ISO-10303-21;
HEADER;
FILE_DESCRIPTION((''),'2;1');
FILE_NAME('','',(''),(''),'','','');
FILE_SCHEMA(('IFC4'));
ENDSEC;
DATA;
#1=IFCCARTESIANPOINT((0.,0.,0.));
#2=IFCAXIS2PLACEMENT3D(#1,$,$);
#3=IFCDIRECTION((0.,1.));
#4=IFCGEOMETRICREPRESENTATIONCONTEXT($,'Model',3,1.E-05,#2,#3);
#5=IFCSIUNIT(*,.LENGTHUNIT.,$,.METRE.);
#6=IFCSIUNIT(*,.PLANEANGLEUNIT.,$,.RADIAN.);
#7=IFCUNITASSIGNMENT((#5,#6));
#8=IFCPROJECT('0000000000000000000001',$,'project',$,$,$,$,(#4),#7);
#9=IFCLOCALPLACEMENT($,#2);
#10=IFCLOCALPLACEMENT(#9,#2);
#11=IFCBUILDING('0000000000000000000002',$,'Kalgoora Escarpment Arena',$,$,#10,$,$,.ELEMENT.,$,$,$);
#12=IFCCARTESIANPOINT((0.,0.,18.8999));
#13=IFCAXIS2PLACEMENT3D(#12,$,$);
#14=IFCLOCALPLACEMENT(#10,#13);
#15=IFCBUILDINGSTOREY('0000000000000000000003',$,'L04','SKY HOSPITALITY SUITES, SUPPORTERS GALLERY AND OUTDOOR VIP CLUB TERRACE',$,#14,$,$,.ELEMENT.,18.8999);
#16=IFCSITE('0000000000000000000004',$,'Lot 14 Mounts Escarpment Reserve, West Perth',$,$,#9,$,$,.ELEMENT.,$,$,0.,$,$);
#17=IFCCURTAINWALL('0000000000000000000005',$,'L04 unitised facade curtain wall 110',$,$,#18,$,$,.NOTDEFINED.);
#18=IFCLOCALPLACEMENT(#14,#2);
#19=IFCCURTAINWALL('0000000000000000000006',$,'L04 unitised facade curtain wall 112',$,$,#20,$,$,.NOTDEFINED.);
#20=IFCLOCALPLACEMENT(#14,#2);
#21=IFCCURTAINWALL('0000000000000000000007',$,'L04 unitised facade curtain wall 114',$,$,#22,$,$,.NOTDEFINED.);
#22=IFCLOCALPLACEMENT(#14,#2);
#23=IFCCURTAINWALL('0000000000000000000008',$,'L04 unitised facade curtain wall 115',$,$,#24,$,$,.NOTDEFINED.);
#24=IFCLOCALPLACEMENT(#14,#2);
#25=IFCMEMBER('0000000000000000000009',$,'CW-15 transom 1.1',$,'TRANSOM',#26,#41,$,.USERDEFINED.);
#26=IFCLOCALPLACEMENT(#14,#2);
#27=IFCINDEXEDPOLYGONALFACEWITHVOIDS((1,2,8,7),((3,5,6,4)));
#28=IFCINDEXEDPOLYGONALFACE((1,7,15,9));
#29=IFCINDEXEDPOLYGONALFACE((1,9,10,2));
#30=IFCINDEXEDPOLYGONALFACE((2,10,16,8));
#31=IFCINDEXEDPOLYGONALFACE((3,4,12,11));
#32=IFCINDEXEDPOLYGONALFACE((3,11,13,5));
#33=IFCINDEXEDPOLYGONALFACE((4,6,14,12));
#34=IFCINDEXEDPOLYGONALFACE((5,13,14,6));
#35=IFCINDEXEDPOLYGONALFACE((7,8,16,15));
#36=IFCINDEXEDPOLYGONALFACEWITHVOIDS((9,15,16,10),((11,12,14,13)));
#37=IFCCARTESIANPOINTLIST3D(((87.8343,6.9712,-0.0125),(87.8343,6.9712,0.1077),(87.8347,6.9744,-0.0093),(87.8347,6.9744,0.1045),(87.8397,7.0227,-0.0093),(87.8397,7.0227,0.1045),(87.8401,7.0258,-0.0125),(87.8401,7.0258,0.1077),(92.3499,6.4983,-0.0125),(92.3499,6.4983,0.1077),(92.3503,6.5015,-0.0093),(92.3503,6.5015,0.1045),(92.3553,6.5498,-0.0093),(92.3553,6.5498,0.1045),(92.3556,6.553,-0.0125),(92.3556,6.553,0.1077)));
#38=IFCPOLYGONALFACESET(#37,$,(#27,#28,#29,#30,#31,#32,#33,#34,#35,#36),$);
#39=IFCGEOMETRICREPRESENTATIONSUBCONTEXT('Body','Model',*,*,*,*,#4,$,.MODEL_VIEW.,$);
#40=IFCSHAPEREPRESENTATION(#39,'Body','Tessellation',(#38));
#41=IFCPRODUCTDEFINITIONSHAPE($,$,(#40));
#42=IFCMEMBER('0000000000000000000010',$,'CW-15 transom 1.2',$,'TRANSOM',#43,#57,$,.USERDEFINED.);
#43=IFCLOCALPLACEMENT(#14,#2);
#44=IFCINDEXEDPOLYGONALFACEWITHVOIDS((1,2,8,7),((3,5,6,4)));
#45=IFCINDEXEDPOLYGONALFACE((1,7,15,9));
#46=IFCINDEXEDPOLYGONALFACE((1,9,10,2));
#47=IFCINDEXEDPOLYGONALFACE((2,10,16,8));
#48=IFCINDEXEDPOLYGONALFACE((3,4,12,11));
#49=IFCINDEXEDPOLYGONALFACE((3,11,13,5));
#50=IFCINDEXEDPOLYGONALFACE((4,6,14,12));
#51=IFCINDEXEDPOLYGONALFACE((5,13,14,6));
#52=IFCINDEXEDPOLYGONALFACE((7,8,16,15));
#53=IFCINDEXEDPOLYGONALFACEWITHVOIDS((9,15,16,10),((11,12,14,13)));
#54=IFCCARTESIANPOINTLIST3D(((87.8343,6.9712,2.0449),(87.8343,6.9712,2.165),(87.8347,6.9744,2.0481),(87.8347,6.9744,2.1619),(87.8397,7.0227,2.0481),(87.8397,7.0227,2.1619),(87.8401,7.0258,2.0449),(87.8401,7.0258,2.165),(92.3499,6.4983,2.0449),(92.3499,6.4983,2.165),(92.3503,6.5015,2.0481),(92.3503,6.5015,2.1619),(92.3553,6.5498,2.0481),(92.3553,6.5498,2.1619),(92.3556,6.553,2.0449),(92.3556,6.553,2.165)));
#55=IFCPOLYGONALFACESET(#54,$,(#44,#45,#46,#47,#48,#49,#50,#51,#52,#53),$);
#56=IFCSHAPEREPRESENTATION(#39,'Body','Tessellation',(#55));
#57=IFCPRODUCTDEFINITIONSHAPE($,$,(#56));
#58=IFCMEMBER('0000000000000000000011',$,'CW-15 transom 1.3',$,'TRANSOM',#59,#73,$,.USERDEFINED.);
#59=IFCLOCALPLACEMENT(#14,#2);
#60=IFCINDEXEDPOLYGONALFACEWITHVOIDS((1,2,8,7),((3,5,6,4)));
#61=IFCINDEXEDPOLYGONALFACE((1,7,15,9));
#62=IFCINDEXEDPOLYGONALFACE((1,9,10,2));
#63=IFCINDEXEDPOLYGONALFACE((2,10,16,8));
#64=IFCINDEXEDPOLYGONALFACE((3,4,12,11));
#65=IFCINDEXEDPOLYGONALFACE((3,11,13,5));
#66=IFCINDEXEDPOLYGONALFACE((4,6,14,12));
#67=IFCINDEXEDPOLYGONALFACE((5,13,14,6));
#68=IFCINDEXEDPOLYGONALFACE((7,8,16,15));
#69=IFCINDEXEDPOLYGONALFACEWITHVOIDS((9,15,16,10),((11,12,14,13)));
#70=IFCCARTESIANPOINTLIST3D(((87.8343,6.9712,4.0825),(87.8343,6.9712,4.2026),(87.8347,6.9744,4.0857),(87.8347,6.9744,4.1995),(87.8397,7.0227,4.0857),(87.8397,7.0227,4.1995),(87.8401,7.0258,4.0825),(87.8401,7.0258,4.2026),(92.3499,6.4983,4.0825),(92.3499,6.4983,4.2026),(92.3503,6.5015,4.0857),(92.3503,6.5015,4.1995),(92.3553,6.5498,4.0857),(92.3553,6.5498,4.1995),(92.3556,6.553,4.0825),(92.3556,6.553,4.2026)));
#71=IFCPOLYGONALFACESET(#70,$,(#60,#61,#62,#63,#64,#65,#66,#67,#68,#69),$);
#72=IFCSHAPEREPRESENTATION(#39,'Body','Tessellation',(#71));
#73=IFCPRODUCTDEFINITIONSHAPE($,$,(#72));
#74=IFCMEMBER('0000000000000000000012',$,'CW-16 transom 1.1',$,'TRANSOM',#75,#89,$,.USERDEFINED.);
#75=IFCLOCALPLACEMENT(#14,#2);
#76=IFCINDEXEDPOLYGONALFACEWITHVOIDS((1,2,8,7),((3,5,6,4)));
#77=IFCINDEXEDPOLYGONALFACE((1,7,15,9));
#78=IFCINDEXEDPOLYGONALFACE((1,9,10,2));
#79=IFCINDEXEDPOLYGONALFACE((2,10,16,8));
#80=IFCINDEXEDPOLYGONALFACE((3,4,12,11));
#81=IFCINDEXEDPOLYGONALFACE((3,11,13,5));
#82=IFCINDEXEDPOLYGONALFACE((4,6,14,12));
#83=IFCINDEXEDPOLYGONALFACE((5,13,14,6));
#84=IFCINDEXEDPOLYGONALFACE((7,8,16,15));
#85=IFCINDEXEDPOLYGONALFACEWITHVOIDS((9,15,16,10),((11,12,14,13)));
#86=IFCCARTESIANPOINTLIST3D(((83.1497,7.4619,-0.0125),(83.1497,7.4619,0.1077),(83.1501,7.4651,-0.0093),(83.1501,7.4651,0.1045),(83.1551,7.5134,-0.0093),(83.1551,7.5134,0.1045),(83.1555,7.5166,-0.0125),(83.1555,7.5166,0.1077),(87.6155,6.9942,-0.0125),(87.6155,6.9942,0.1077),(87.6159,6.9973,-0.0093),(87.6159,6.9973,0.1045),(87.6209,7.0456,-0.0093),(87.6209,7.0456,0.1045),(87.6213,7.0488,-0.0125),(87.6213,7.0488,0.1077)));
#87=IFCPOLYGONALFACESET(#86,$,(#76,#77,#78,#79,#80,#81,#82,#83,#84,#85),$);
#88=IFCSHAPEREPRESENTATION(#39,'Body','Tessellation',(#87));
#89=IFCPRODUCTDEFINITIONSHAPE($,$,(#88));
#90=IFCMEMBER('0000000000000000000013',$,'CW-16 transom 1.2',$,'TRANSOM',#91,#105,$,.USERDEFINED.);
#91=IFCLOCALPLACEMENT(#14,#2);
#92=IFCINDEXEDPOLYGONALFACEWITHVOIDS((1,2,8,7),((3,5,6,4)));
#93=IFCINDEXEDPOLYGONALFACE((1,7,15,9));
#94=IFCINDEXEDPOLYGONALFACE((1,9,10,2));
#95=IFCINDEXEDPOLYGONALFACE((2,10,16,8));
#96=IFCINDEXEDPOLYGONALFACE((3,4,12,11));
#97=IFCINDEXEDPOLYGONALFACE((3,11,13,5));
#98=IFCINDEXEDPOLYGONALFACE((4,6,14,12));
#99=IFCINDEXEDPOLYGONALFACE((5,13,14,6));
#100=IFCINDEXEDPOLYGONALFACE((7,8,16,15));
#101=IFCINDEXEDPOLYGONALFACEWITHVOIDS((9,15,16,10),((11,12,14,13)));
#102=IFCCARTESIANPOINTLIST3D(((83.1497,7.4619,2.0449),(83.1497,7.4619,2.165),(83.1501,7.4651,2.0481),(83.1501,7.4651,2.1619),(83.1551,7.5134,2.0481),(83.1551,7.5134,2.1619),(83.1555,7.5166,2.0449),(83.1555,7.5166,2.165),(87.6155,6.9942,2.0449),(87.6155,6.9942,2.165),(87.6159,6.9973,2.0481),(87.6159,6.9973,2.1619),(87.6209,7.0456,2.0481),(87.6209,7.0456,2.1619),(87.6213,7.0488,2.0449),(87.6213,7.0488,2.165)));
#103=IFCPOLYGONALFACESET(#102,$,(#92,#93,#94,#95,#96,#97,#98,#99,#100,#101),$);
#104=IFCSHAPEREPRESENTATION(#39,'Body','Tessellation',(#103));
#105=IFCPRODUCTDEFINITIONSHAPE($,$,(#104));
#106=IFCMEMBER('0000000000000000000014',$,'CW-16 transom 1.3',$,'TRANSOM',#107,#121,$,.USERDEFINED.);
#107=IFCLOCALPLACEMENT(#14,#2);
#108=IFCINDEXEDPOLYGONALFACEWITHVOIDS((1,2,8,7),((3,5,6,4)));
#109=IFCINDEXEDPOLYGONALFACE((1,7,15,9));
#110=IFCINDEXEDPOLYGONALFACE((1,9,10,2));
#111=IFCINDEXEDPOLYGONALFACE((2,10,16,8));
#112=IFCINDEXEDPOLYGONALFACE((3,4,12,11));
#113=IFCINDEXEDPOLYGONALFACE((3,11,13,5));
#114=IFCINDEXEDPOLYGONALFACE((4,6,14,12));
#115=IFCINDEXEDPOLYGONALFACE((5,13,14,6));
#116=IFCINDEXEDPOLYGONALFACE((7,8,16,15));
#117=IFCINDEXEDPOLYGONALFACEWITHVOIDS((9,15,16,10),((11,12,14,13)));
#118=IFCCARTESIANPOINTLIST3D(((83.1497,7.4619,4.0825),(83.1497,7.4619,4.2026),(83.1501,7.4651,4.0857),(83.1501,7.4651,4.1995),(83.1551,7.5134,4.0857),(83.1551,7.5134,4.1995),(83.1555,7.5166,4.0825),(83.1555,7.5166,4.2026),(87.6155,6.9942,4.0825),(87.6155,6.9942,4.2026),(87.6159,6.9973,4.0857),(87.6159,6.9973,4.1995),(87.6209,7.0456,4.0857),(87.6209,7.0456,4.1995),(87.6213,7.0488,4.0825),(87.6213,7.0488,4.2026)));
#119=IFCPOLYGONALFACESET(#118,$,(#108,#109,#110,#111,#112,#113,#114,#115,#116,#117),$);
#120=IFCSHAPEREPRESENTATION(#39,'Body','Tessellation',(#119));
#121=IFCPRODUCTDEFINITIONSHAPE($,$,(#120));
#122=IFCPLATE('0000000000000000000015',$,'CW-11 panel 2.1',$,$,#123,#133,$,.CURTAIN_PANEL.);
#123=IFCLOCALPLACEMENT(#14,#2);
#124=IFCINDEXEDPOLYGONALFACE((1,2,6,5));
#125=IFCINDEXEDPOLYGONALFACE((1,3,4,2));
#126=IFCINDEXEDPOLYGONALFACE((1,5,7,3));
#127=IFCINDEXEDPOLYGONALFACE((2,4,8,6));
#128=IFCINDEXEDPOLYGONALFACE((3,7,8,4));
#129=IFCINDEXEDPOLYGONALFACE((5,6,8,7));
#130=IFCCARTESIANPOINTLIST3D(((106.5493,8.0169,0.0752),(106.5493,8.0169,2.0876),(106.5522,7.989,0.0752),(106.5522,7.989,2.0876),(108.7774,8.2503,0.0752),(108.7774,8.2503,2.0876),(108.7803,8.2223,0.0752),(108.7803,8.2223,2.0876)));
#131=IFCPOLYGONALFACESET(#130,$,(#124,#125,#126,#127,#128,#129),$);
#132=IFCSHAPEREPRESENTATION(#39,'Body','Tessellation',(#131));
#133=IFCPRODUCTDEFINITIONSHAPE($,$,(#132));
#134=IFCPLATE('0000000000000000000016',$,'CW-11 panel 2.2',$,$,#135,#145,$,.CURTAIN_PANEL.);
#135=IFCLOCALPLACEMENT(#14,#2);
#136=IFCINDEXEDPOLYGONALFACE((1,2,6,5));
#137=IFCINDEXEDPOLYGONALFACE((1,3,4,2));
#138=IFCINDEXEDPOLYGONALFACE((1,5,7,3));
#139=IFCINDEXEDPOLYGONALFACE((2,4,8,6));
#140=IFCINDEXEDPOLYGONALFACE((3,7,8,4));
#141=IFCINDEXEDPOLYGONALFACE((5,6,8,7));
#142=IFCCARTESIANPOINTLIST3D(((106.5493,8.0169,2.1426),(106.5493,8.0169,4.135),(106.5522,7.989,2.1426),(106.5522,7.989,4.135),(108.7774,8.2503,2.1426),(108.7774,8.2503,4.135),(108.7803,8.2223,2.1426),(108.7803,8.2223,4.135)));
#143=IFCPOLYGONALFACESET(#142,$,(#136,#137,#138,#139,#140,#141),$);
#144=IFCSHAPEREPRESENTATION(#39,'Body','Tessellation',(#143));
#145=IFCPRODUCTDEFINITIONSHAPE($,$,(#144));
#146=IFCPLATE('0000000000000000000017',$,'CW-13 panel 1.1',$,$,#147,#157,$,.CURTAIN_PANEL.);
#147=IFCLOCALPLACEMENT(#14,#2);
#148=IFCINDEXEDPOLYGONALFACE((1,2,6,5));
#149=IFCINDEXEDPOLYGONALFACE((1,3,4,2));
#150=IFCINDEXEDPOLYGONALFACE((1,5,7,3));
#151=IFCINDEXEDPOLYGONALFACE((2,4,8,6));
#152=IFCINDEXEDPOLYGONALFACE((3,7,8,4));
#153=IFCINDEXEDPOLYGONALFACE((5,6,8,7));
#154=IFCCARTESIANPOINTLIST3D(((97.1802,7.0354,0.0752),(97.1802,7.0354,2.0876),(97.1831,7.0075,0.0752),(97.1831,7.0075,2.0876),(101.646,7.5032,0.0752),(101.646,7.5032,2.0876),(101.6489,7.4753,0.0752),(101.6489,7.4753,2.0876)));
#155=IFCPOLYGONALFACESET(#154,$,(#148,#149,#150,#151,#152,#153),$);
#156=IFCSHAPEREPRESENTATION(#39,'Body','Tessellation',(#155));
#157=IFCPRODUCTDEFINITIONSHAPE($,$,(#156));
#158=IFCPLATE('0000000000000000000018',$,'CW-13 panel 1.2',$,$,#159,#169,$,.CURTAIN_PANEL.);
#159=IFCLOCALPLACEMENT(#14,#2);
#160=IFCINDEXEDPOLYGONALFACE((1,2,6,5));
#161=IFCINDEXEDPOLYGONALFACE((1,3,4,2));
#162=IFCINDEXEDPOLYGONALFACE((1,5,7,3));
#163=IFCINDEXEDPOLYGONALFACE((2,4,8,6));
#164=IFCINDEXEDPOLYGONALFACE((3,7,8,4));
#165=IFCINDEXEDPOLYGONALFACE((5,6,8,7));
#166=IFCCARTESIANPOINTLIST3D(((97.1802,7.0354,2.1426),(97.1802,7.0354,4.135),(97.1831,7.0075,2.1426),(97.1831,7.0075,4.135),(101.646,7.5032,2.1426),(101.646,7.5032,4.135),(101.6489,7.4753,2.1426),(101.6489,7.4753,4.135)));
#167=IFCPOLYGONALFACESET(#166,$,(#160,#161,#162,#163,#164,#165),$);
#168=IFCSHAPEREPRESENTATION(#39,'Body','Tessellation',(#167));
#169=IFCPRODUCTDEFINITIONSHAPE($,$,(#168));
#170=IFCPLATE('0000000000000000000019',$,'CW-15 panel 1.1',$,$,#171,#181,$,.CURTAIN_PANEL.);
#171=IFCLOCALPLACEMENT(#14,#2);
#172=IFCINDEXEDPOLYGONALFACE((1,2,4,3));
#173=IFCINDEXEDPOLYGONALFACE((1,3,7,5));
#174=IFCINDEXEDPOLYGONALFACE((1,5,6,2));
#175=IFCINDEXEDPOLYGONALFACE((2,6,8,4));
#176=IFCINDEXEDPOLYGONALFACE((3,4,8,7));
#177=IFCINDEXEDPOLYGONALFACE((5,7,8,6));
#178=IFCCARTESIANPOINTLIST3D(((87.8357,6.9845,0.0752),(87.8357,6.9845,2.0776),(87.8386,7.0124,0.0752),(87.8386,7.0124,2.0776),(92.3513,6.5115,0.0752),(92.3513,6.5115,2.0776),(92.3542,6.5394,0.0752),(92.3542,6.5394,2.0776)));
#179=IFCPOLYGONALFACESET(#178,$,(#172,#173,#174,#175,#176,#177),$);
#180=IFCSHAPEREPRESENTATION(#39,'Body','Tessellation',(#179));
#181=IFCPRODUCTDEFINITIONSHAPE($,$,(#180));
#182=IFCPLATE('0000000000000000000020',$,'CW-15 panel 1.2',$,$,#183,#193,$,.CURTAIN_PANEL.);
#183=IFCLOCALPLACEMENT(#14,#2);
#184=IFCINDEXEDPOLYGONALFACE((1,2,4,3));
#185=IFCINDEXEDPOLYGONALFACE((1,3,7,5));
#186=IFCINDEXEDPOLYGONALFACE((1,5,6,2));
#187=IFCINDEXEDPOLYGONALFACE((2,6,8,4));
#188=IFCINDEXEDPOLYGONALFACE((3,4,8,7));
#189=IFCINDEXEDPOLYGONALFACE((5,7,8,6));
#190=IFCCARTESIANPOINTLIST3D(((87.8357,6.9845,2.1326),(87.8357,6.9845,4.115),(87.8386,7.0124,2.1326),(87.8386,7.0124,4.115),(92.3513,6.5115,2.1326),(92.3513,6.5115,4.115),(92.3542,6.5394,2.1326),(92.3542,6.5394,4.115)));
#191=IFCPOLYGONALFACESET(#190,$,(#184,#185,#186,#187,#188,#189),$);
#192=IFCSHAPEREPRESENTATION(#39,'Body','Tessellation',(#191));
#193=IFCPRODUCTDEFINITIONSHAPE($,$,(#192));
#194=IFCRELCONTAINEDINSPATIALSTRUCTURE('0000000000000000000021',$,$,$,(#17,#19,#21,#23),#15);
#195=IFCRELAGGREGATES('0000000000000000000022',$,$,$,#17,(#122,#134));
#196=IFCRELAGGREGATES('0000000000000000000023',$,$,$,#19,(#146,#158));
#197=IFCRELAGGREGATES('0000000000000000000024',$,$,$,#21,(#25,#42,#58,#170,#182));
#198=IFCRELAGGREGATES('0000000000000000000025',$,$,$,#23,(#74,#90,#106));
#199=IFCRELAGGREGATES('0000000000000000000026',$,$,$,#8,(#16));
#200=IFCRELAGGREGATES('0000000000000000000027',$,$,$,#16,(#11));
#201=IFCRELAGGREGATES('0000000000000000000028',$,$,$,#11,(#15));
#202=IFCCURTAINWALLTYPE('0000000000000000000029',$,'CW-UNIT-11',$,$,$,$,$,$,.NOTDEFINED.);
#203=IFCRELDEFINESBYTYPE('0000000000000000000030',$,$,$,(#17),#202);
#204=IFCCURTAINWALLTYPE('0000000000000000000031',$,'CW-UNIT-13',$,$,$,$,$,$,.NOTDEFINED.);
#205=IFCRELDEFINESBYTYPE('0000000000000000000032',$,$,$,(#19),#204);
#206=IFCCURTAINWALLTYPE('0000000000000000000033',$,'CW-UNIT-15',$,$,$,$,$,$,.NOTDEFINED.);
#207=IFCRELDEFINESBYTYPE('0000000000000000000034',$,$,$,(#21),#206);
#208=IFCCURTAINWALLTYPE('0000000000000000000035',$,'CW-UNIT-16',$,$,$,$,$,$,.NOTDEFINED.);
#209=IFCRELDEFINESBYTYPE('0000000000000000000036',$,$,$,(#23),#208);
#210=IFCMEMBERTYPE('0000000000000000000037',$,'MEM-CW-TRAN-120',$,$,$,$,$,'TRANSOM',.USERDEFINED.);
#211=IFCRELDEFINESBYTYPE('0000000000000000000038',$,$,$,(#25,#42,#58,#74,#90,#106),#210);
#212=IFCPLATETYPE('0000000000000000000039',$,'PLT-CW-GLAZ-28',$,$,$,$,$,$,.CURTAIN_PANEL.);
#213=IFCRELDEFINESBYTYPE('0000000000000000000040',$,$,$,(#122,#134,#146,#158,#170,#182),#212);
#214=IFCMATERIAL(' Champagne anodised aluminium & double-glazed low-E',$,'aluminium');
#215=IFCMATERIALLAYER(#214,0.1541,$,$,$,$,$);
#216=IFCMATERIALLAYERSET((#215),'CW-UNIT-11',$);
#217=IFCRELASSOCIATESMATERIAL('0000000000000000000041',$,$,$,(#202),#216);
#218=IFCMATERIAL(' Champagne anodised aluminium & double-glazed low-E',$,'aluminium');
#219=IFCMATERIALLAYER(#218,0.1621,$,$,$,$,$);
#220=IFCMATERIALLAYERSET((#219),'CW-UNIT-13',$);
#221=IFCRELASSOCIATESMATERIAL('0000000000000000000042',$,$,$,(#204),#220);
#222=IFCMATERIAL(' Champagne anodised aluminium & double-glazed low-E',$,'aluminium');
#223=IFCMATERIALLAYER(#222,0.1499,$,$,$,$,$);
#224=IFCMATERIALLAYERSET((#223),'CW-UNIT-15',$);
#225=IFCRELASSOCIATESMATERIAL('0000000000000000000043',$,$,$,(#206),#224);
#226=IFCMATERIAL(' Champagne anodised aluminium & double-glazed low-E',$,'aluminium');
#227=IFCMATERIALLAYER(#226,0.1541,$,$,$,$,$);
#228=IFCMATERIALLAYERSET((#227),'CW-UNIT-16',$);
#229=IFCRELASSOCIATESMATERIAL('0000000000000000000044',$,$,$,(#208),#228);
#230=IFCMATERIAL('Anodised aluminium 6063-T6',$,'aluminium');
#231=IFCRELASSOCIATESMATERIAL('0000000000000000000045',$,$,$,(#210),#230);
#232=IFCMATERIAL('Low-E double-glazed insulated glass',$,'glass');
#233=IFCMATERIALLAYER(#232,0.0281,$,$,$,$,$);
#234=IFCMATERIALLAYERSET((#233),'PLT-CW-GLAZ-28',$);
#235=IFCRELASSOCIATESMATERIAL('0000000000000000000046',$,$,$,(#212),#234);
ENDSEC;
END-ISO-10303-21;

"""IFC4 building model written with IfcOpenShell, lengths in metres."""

from ifc_helpers import new_model, si_unit, direction, frame, origin, origin_2d, place, context, subcontext, project, spatial, rectangle, hollow_rectangle, extrude, material, layer, layer_set, material_profile, profile_set, type_object, element, aggregate, save


model = new_model("IFC4")

# Units and contexts
model_context = context("Model", 3, precision=1e-05, world=origin(), true_north=direction((0.0, 1.0)))
body_context = subcontext(model_context, "Body", "Model", "MODEL_VIEW")
ifc_project = project(units=[si_unit("LENGTHUNIT", "METRE"), si_unit("PLANEANGLEUNIT", "RADIAN")], contexts=[model_context])

# Site, building, storey
site_placement = place(None, origin())
site = spatial("IfcSite", under=ifc_project, at=site_placement, Name="Lot 14 Mounts Escarpment Reserve, West Perth", CompositionType="ELEMENT", RefElevation=0.0)
building_placement = place(site_placement, origin())
building = spatial("IfcBuilding", under=site, at=building_placement, Name="Kalgoora Escarpment Arena", CompositionType="ELEMENT")
storey_placement = place(building_placement, frame((0.0, 0.0, 18.8999)))
storey = spatial("IfcBuildingStorey", under=building, at=storey_placement, Name="L04", Description="SKY HOSPITALITY SUITES, SUPPORTERS GALLERY AND OUTDOOR VIP CLUB TERRACE", CompositionType="ELEMENT", Elevation=18.8999)

# Curtain wall
ifc_material_1 = material(Name=" Champagne anodised aluminium & double-glazed low-E", Category="aluminium")
ifc_layer_1 = layer(ifc_material_1, 0.1541)
ifc_layer_set_1 = layer_set([ifc_layer_1], Name="CW-UNIT-11")
curtain_wall_type_1 = type_object("IfcCurtainWallType", Name="CW-UNIT-11", PredefinedType="NOTDEFINED", material=ifc_layer_set_1)
curtain_wall_1_placement = place(storey_placement, origin())
curtain_wall_1 = element("IfcCurtainWall", 1, at=curtain_wall_1_placement, inside=storey, type_object=curtain_wall_type_1, Name="L04 unitised facade curtain wall 110", PredefinedType="NOTDEFINED")

# Curtain walls
ifc_material_2 = material(Name=" Champagne anodised aluminium & double-glazed low-E", Category="aluminium")
ifc_layer_2 = layer(ifc_material_2, 0.1621)
ifc_layer_set_2 = layer_set([ifc_layer_2], Name="CW-UNIT-13")
curtain_wall_type_2 = type_object("IfcCurtainWallType", Name="CW-UNIT-13", PredefinedType="NOTDEFINED", material=ifc_layer_set_2)
curtain_wall_2_placement = place(storey_placement, origin())
curtain_wall_2 = element("IfcCurtainWall", 2, at=curtain_wall_2_placement, inside=storey, type_object=curtain_wall_type_2, Name="L04 unitised facade curtain wall 112", PredefinedType="NOTDEFINED")
ifc_material_3 = material(Name=" Champagne anodised aluminium & double-glazed low-E", Category="aluminium")
ifc_layer_3 = layer(ifc_material_3, 0.1499)
ifc_layer_set_3 = layer_set([ifc_layer_3], Name="CW-UNIT-15")
curtain_wall_type_3 = type_object("IfcCurtainWallType", Name="CW-UNIT-15", PredefinedType="NOTDEFINED", material=ifc_layer_set_3)
curtain_wall_3_placement = place(storey_placement, origin())
curtain_wall_3 = element("IfcCurtainWall", 3, at=curtain_wall_3_placement, inside=storey, type_object=curtain_wall_type_3, Name="L04 unitised facade curtain wall 114", PredefinedType="NOTDEFINED")

# Curtain wall
ifc_material_4 = material(Name=" Champagne anodised aluminium & double-glazed low-E", Category="aluminium")
ifc_layer_4 = layer(ifc_material_4, 0.1541)
ifc_layer_set_4 = layer_set([ifc_layer_4], Name="CW-UNIT-16")
curtain_wall_type_4 = type_object("IfcCurtainWallType", Name="CW-UNIT-16", PredefinedType="NOTDEFINED", material=ifc_layer_set_4)
curtain_wall_4_placement = place(storey_placement, origin())
curtain_wall_4 = element("IfcCurtainWall", 4, at=curtain_wall_4_placement, inside=storey, type_object=curtain_wall_type_4, Name="L04 unitised facade curtain wall 115", PredefinedType="NOTDEFINED")

# Members
ifc_material_5 = material(Name="Anodised aluminium 6063-T6", Category="aluminium")
ifc_material_profile_1 = material_profile(ifc_material_5, hollow_rectangle(XDim=0.0549, YDim=0.1201, WallThickness=0.0032, at=origin_2d()))
ifc_profile_set_1 = profile_set([ifc_material_profile_1], Name="Anodised aluminium 6063-T6")
member_type_1 = type_object("IfcMemberType", Name="MEM-CW-TRAN-120", ElementType="TRANSOM", PredefinedType="USERDEFINED", material=ifc_profile_set_1)
member_1_placement = place(storey_placement, frame((92.3528, 6.5256, 0.0476), z_axis=(-0.994561, 0.104156, 0.0), x_axis=(-0.104156, -0.994561, 0.0)))
member_1 = element("IfcMember", 5, at=member_1_placement, type_object=member_type_1, Name="CW-15 transom 1.1", ObjectType="TRANSOM", PredefinedType="USERDEFINED", context=body_context, shape_type="SweptSolid", body=[
    extrude(hollow_rectangle(XDim=0.0549, YDim=0.1201, WallThickness=0.0032, at=origin_2d()), origin(), (0.0, 0.0, 1.0), 4.5403),
])
member_2_placement = place(storey_placement, frame((92.3528, 6.5256, 2.105), z_axis=(-0.994561, 0.104156, 0.0), x_axis=(-0.104156, -0.994561, 0.0)))
member_2 = element("IfcMember", 6, at=member_2_placement, type_object=member_type_1, Name="CW-15 transom 1.2", ObjectType="TRANSOM", PredefinedType="USERDEFINED", context=body_context, shape_type="SweptSolid", body=[
    extrude(hollow_rectangle(XDim=0.0549, YDim=0.1201, WallThickness=0.0032, at=origin_2d()), origin(), (0.0, 0.0, 1.0), 4.5403),
])
member_3_placement = place(storey_placement, frame((92.3528, 6.5256, 4.1426), z_axis=(-0.994561, 0.104156, 0.0), x_axis=(-0.104156, -0.994561, 0.0)))
member_3 = element("IfcMember", 7, at=member_3_placement, type_object=member_type_1, Name="CW-15 transom 1.3", ObjectType="TRANSOM", PredefinedType="USERDEFINED", context=body_context, shape_type="SweptSolid", body=[
    extrude(hollow_rectangle(XDim=0.0549, YDim=0.1201, WallThickness=0.0032, at=origin_2d()), origin(), (0.0, 0.0, 1.0), 4.5403),
])
member_4_placement = place(storey_placement, frame((87.6184, 7.0215, 0.0476), z_axis=(-0.994559, 0.104175, 0.0), x_axis=(-0.104175, -0.994559, 0.0)))
member_4 = element("IfcMember", 8, at=member_4_placement, type_object=member_type_1, Name="CW-16 transom 1.1", ObjectType="TRANSOM", PredefinedType="USERDEFINED", context=body_context, shape_type="SweptSolid", body=[
    extrude(hollow_rectangle(XDim=0.0549, YDim=0.1201, WallThickness=0.0032, at=origin_2d()), origin(), (0.0, 0.0, 1.0), 4.4902),
])
member_5_placement = place(storey_placement, frame((87.6184, 7.0215, 2.105), z_axis=(-0.994559, 0.104175, 0.0), x_axis=(-0.104175, -0.994559, 0.0)))
member_5 = element("IfcMember", 9, at=member_5_placement, type_object=member_type_1, Name="CW-16 transom 1.2", ObjectType="TRANSOM", PredefinedType="USERDEFINED", context=body_context, shape_type="SweptSolid", body=[
    extrude(hollow_rectangle(XDim=0.0549, YDim=0.1201, WallThickness=0.0032, at=origin_2d()), origin(), (0.0, 0.0, 1.0), 4.4902),
])
member_6_placement = place(storey_placement, frame((87.6184, 7.0215, 4.1426), z_axis=(-0.994559, 0.104175, 0.0), x_axis=(-0.104175, -0.994559, 0.0)))
member_6 = element("IfcMember", 10, at=member_6_placement, type_object=member_type_1, Name="CW-16 transom 1.3", ObjectType="TRANSOM", PredefinedType="USERDEFINED", context=body_context, shape_type="SweptSolid", body=[
    extrude(hollow_rectangle(XDim=0.0549, YDim=0.1201, WallThickness=0.0032, at=origin_2d()), origin(), (0.0, 0.0, 1.0), 4.4902),
])

# Plates
ifc_material_6 = material(Name="Low-E double-glazed insulated glass", Category="glass")
ifc_layer_5 = layer(ifc_material_6, 0.0281)
ifc_layer_set_5 = layer_set([ifc_layer_5], Name="PLT-CW-GLAZ-28")
plate_type_1 = type_object("IfcPlateType", Name="PLT-CW-GLAZ-28", PredefinedType="CURTAIN_PANEL", material=ifc_layer_set_5)
plate_1_placement = place(storey_placement, frame((107.6648, 8.1196, 0.0752), z_axis=(0.0, 0.0, 1.0), x_axis=(-0.994561, -0.104158, 0.0)))
plate_1 = element("IfcPlate", 11, at=plate_1_placement, type_object=plate_type_1, Name="CW-11 panel 2.1", PredefinedType="CURTAIN_PANEL", context=body_context, shape_type="SweptSolid", body=[
    extrude(rectangle(XDim=2.2402, YDim=0.0281, at=origin_2d()), origin(), (0.0, 0.0, 1.0), 2.0125),
])
plate_2_placement = place(storey_placement, frame((107.6648, 8.1196, 2.1426), z_axis=(0.0, 0.0, 1.0), x_axis=(-0.994561, -0.104158, 0.0)))
plate_2 = element("IfcPlate", 12, at=plate_2_placement, type_object=plate_type_1, Name="CW-11 panel 2.2", PredefinedType="CURTAIN_PANEL", context=body_context, shape_type="SweptSolid", body=[
    extrude(rectangle(XDim=2.2402, YDim=0.0281, at=origin_2d()), origin(), (0.0, 0.0, 1.0), 1.9924),
])
aggregate(curtain_wall_1, [plate_1, plate_2])
plate_3_placement = place(storey_placement, frame((99.4146, 7.2554, 0.0752), z_axis=(0.0, 0.0, 1.0), x_axis=(-0.994558, -0.104182, 0.0)))
plate_3 = element("IfcPlate", 13, at=plate_3_placement, type_object=plate_type_1, Name="CW-13 panel 1.1", PredefinedType="CURTAIN_PANEL", context=body_context, shape_type="SweptSolid", body=[
    extrude(rectangle(XDim=4.4902, YDim=0.0281, at=origin_2d()), origin(), (0.0, 0.0, 1.0), 2.0125),
])
plate_4_placement = place(storey_placement, frame((99.4146, 7.2554, 2.1426), z_axis=(0.0, 0.0, 1.0), x_axis=(-0.994558, -0.104182, 0.0)))
plate_4 = element("IfcPlate", 14, at=plate_4_placement, type_object=plate_type_1, Name="CW-13 panel 1.2", PredefinedType="CURTAIN_PANEL", context=body_context, shape_type="SweptSolid", body=[
    extrude(rectangle(XDim=4.4902, YDim=0.0281, at=origin_2d()), origin(), (0.0, 0.0, 1.0), 1.9924),
])
aggregate(curtain_wall_2, [plate_3, plate_4])
plate_5_placement = place(storey_placement, frame((90.095, 6.762, 0.0752), z_axis=(0.0, 0.0, 1.0), x_axis=(-0.994559, 0.104179, 0.0)))
plate_5 = element("IfcPlate", 15, at=plate_5_placement, type_object=plate_type_1, Name="CW-15 panel 1.1", PredefinedType="CURTAIN_PANEL", context=body_context, shape_type="SweptSolid", body=[
    extrude(rectangle(XDim=4.5403, YDim=0.0281, at=origin_2d()), origin(), (0.0, 0.0, 1.0), 2.0024),
])
plate_6_placement = place(storey_placement, frame((90.095, 6.762, 2.1326), z_axis=(0.0, 0.0, 1.0), x_axis=(-0.994559, 0.104179, 0.0)))
plate_6 = element("IfcPlate", 16, at=plate_6_placement, type_object=plate_type_1, Name="CW-15 panel 1.2", PredefinedType="CURTAIN_PANEL", context=body_context, shape_type="SweptSolid", body=[
    extrude(rectangle(XDim=4.5403, YDim=0.0281, at=origin_2d()), origin(), (0.0, 0.0, 1.0), 1.9824),
])
aggregate(curtain_wall_3, [member_1, member_2, member_3, plate_5, plate_6])
aggregate(curtain_wall_4, [member_4, member_5, member_6])

save(model, "model.ifc")
